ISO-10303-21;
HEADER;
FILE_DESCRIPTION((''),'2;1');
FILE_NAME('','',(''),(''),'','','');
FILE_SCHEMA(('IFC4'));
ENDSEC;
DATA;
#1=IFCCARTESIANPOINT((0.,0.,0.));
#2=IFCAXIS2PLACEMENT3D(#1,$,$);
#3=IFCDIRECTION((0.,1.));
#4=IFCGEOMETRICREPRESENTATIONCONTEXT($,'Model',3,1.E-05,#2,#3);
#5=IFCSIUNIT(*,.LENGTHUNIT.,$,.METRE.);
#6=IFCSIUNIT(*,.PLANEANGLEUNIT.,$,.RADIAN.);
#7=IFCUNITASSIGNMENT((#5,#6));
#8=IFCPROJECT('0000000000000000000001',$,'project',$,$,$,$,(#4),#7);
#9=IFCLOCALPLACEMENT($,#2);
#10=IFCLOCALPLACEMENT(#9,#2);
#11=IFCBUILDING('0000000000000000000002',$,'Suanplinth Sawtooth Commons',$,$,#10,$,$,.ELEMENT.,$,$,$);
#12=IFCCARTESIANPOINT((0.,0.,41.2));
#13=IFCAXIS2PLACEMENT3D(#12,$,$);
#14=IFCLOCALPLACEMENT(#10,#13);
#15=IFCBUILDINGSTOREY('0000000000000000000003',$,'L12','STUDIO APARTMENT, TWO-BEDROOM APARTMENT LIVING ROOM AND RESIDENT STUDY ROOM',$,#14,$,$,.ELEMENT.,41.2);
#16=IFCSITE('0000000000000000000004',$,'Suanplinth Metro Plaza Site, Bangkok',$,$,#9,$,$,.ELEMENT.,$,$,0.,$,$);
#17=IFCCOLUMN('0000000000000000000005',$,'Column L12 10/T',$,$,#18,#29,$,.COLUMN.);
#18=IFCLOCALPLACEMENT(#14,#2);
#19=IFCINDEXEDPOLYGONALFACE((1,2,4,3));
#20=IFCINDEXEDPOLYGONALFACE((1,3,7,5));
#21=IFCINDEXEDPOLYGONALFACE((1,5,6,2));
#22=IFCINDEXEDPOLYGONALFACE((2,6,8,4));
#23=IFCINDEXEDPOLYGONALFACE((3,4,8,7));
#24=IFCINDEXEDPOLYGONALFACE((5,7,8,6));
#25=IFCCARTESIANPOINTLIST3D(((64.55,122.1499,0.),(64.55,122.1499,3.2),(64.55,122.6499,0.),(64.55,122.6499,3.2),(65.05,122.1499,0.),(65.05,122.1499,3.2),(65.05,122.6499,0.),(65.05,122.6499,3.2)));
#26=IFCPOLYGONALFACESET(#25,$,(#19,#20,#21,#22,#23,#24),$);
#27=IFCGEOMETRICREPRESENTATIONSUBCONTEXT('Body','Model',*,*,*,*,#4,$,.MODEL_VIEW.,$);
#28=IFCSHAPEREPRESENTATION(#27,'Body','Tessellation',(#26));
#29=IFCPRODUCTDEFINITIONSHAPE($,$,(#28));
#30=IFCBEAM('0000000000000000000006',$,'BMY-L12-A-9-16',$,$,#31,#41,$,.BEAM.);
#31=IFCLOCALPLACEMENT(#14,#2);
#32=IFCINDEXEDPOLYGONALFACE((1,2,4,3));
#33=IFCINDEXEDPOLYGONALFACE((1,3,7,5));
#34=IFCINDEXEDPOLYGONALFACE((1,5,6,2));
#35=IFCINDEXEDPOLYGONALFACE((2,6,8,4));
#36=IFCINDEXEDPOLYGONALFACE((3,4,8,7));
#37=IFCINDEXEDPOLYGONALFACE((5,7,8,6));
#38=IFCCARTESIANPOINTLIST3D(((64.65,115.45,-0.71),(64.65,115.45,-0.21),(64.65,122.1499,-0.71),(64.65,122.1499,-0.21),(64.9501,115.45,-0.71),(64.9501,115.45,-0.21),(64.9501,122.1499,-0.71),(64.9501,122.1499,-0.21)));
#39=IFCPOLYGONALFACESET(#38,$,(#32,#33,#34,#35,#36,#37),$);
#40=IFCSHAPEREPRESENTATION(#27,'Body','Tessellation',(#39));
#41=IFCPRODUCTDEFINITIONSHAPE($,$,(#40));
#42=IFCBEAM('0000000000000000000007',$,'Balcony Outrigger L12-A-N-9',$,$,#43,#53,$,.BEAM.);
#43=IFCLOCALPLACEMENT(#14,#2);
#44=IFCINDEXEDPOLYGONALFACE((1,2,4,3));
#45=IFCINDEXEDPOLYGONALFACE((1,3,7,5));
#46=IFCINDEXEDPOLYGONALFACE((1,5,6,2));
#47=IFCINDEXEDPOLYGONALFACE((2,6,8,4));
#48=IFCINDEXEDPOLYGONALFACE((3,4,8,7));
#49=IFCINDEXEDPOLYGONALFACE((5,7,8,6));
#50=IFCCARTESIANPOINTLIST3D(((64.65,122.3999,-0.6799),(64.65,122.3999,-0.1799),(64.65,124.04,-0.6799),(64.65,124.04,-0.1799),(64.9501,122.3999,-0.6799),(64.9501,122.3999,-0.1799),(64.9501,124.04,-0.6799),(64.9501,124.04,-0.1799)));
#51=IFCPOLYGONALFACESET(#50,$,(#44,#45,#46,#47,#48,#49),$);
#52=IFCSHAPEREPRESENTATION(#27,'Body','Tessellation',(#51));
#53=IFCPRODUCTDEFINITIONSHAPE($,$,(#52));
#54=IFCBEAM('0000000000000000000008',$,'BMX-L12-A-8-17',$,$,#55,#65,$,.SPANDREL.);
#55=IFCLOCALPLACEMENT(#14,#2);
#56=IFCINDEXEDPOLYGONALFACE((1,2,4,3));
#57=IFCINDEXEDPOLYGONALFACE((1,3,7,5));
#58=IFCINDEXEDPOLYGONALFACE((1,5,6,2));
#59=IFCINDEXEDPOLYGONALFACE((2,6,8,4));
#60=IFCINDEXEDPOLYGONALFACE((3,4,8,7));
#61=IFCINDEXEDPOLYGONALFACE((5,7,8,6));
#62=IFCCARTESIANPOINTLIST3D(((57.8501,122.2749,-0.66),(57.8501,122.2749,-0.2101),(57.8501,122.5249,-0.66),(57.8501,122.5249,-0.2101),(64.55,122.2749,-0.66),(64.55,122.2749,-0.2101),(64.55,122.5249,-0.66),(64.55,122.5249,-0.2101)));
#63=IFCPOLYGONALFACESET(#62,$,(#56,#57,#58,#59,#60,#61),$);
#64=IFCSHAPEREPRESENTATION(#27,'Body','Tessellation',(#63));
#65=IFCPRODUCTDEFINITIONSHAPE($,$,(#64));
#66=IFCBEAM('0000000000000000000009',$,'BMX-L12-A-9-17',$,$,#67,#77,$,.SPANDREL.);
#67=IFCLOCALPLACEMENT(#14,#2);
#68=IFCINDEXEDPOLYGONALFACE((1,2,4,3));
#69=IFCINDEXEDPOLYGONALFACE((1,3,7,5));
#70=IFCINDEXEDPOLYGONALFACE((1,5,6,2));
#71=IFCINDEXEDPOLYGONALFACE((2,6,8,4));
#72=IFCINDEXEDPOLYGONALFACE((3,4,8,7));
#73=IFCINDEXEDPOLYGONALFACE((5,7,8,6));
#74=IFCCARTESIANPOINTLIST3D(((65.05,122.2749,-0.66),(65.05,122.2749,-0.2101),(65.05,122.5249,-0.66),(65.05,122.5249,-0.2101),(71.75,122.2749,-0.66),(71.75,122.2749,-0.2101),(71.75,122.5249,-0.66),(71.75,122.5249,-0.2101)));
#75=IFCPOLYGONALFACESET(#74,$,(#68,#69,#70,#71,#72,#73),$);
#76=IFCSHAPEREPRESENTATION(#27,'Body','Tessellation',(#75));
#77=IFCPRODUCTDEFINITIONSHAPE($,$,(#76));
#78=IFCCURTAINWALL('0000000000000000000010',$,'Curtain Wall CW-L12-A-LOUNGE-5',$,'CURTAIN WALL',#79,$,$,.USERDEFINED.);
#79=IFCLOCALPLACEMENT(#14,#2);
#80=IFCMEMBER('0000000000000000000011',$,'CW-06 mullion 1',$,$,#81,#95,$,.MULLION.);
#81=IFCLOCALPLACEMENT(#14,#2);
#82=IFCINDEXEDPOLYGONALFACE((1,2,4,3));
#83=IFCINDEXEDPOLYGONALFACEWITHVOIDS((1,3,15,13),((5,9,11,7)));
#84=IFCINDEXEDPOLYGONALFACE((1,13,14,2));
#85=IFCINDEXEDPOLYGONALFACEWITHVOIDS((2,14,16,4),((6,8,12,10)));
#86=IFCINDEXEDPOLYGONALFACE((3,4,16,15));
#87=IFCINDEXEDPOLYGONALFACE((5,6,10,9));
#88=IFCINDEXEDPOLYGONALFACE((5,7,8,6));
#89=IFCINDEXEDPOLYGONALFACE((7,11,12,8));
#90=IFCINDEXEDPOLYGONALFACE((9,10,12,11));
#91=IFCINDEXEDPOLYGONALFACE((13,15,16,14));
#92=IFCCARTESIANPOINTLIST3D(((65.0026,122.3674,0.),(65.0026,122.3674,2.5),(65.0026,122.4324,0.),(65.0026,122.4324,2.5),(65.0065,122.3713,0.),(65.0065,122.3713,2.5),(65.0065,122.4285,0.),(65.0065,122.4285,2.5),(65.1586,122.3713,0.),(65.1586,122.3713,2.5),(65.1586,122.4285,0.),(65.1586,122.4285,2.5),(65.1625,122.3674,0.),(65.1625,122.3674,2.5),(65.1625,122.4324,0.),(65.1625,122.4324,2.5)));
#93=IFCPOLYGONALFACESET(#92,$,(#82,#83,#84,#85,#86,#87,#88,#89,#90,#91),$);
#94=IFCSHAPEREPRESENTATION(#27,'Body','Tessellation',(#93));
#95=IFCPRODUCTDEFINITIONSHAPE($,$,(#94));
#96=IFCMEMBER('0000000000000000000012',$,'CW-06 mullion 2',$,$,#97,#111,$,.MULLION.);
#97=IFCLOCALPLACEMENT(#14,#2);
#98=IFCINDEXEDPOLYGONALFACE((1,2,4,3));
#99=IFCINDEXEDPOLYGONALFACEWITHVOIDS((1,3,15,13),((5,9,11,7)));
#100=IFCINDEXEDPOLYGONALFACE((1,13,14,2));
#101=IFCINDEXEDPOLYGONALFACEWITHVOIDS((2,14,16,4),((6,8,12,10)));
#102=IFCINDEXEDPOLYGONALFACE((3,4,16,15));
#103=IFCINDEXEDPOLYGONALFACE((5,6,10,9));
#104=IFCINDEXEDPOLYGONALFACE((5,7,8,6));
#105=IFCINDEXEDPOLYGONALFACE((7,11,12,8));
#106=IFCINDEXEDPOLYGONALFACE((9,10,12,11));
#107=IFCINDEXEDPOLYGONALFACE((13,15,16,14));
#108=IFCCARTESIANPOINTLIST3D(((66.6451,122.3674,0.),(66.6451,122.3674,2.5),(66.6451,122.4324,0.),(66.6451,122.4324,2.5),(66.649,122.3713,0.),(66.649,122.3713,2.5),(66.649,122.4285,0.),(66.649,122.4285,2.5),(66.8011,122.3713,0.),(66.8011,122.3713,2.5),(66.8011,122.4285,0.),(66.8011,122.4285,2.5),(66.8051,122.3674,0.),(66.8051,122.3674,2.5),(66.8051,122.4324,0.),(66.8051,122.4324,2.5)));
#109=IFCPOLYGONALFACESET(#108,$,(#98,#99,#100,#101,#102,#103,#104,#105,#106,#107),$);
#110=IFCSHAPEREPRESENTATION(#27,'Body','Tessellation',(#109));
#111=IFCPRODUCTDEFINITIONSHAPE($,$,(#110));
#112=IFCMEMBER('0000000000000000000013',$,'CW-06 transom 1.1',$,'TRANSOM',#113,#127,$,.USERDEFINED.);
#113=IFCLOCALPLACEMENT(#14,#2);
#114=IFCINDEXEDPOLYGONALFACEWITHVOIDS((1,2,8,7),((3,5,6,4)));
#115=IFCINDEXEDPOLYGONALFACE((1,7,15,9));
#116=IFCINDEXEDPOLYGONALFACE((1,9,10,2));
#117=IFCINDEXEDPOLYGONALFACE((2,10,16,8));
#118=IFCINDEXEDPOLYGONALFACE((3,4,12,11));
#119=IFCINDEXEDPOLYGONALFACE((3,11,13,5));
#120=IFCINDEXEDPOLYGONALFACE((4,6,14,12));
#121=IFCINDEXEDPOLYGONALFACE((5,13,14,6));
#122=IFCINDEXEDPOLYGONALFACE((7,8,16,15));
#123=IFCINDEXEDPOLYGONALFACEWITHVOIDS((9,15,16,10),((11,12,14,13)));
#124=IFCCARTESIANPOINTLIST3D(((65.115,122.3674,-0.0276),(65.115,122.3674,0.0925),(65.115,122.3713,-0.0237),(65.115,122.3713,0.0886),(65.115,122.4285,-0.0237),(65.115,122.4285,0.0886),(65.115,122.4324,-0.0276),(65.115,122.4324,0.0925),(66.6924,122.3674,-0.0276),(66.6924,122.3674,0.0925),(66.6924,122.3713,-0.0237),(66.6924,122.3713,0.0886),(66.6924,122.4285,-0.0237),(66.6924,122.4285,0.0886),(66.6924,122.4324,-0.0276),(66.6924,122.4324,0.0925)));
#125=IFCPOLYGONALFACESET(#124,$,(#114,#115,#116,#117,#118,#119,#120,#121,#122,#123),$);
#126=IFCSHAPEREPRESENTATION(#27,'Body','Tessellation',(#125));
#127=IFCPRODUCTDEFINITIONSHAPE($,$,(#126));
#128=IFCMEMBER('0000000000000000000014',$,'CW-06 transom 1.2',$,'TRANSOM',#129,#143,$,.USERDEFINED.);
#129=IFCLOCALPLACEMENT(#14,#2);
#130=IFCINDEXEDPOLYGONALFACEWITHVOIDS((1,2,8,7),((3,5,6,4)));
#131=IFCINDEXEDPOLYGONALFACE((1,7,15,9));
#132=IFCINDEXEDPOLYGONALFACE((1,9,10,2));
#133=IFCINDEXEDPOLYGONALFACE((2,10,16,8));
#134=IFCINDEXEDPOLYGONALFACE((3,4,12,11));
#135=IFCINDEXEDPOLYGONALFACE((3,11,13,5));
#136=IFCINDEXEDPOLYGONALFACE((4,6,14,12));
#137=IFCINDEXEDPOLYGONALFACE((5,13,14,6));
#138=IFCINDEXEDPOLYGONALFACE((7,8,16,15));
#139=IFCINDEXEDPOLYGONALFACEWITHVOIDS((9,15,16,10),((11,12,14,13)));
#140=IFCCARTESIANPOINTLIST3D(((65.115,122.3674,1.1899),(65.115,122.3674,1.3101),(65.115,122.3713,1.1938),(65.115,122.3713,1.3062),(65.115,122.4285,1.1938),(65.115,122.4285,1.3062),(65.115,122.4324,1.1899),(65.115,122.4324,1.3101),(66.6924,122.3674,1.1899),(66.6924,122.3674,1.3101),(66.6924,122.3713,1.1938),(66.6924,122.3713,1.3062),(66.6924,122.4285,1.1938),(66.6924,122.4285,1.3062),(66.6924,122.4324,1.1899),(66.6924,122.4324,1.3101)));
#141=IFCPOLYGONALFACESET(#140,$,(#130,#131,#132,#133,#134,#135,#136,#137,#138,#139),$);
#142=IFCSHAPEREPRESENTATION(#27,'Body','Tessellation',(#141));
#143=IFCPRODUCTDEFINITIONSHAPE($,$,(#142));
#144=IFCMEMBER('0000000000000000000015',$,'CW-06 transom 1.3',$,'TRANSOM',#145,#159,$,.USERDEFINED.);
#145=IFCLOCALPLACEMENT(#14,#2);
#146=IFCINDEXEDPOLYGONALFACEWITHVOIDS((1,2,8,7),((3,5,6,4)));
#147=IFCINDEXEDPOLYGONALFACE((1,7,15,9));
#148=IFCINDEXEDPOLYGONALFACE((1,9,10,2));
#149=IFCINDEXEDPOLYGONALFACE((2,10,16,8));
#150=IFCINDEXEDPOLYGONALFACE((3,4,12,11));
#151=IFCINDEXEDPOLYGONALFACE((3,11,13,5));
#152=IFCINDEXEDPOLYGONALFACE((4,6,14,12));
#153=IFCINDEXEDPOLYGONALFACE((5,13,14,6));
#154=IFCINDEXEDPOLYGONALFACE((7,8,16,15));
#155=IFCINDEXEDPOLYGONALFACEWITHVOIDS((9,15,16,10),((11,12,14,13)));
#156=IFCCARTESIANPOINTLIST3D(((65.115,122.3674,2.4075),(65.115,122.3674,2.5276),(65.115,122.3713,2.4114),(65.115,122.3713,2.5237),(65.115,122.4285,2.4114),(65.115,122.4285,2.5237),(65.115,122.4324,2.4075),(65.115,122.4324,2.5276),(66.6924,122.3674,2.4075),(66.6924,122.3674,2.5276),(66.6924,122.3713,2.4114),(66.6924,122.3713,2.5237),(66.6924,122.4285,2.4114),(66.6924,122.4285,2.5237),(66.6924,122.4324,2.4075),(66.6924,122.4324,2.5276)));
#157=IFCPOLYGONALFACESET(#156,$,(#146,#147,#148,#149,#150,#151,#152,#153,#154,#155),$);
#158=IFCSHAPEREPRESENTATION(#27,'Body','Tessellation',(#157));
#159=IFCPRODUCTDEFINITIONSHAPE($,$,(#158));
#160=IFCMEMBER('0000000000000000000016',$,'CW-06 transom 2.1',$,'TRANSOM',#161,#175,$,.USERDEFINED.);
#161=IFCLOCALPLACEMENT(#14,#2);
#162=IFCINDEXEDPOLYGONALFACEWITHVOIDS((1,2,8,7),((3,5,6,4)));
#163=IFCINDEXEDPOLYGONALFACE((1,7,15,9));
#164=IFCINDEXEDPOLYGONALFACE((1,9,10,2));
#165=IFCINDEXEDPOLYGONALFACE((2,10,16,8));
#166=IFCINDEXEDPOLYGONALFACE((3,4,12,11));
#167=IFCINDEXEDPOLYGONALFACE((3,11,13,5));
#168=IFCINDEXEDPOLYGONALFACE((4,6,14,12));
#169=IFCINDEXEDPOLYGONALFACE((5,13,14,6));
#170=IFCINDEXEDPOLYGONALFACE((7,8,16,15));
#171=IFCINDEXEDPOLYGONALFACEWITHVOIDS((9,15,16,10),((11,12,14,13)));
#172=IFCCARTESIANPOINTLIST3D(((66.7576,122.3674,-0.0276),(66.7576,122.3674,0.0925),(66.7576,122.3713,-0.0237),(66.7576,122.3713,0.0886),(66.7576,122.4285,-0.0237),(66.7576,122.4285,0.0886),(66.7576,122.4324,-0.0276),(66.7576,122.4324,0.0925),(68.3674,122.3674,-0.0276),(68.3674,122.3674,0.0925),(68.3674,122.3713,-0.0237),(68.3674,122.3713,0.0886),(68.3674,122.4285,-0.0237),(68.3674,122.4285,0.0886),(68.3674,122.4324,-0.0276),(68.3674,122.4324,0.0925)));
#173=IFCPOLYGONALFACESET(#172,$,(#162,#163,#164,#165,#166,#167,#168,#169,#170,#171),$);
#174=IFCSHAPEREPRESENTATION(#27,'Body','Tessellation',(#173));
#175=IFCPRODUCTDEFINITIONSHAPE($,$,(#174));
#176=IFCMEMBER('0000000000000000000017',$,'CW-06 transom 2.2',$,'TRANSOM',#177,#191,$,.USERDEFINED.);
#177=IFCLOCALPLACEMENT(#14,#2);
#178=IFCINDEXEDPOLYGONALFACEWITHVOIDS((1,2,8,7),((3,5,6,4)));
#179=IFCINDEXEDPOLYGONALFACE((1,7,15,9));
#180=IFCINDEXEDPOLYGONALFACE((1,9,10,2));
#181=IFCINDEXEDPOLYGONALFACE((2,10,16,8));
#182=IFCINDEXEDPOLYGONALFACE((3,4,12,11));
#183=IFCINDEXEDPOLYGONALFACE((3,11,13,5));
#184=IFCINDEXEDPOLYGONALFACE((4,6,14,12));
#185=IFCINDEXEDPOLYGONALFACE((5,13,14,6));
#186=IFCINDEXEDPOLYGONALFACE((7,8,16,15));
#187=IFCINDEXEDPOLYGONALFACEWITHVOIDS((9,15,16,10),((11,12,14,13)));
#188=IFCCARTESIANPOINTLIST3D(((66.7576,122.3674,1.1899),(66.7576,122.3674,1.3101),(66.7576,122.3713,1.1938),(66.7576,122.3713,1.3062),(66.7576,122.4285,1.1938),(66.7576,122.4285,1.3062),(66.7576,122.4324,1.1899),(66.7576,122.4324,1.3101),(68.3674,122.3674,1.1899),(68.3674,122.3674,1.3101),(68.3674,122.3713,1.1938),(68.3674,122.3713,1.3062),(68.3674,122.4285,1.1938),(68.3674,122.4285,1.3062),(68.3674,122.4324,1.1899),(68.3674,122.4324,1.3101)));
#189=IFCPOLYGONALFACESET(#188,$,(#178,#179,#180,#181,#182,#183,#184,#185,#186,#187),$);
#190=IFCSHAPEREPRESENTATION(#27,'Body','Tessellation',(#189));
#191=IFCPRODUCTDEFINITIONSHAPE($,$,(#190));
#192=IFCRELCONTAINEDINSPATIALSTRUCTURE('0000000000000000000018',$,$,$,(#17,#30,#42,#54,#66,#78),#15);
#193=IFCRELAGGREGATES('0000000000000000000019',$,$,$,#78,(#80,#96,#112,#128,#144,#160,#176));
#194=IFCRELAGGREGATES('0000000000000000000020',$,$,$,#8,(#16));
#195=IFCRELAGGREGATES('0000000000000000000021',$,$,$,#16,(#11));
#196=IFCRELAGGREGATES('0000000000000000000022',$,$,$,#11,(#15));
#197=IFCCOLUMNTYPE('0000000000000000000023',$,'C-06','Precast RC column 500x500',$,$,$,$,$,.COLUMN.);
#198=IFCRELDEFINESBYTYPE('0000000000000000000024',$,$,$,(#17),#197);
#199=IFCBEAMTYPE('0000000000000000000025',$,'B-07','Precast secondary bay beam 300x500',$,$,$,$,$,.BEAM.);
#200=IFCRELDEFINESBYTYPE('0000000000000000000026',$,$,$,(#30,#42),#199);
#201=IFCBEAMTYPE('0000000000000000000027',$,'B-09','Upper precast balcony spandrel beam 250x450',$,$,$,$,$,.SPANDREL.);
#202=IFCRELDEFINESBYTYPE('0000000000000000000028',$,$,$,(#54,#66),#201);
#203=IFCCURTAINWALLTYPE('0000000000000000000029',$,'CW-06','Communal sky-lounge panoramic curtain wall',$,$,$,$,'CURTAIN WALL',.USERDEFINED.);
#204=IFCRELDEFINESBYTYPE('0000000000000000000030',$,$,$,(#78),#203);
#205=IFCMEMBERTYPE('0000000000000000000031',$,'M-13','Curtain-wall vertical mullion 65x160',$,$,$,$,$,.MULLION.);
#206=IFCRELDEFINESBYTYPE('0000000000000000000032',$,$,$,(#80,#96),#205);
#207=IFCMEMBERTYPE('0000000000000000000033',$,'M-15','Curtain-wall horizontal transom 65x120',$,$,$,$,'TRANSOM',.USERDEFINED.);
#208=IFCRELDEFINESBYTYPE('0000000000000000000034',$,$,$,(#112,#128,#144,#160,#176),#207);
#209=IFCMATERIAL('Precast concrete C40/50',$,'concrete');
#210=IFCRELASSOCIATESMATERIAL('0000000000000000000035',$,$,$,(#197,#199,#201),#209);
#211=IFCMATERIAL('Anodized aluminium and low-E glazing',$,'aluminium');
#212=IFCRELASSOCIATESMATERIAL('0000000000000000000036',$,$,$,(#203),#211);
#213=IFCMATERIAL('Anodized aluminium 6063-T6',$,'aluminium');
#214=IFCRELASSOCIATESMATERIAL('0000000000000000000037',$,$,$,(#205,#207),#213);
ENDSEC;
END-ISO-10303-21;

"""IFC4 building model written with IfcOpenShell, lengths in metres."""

from ifc_helpers import new_model, si_unit, direction, frame, origin, origin_2d, place, context, subcontext, project, spatial, rectangle, hollow_rectangle, extrude, material, material_profile, profile_set, type_object, element, aggregate, save


model = new_model("IFC4")

# Units and contexts
model_context = context("Model", 3, precision=1e-05, world=origin(), true_north=direction((0.0, 1.0)))
body_context = subcontext(model_context, "Body", "Model", "MODEL_VIEW")
ifc_project = project(units=[si_unit("LENGTHUNIT", "METRE"), si_unit("PLANEANGLEUNIT", "RADIAN")], contexts=[model_context])

# Site, building, storey
site_placement = place(None, origin())
site = spatial("IfcSite", under=ifc_project, at=site_placement, Name="Suanplinth Metro Plaza Site, Bangkok", CompositionType="ELEMENT", RefElevation=0.0)
building_placement = place(site_placement, origin())
building = spatial("IfcBuilding", under=site, at=building_placement, Name="Suanplinth Sawtooth Commons", CompositionType="ELEMENT")
storey_placement = place(building_placement, frame((0.0, 0.0, 41.2)))
storey = spatial("IfcBuildingStorey", under=building, at=storey_placement, Name="L12", Description="STUDIO APARTMENT, TWO-BEDROOM APARTMENT LIVING ROOM AND RESIDENT STUDY ROOM", CompositionType="ELEMENT", Elevation=41.2)

# Column
ifc_material_1 = material(Name="Precast concrete C40/50", Category="concrete")
ifc_material_profile_1 = material_profile(ifc_material_1, rectangle(XDim=0.5, YDim=0.5, at=origin_2d()), Name="PC-COL 500x500")
ifc_profile_set_1 = profile_set([ifc_material_profile_1], Name="Precast concrete C40/50")
column_type = type_object("IfcColumnType", Name="C-06", Description="Precast RC column 500x500", PredefinedType="COLUMN", material=ifc_profile_set_1)
column_placement = place(storey_placement, frame((64.8, 122.3999, 0.0), z_axis=(0.0, 0.0, 1.0), x_axis=(1.0, 0.0, 0.0)))
element("IfcColumn", 1, at=column_placement, inside=storey, type_object=column_type, Name="Column L12 10/T", PredefinedType="COLUMN", context=body_context, shape_type="SweptSolid", body=[
    extrude(rectangle(XDim=0.5, YDim=0.5, at=origin_2d()), origin(), (0.0, 0.0, 1.0), 3.2),
])

# Beams
ifc_material_profile_2 = material_profile(ifc_material_1, rectangle(XDim=0.3, YDim=0.5, at=origin_2d()), Name="PC-BM 300x500")
ifc_profile_set_2 = profile_set([ifc_material_profile_2], Name="Precast concrete C40/50")
beam_type_1 = type_object("IfcBeamType", Name="B-07", Description="Precast secondary bay beam 300x500", PredefinedType="BEAM", material=ifc_profile_set_2)
beam_1_placement = place(storey_placement, frame((64.8, 115.45, -0.46), z_axis=(0.0, 1.0, 0.0), x_axis=(-1.0, 0.0, 0.0)))
element("IfcBeam", 2, at=beam_1_placement, inside=storey, type_object=beam_type_1, Name="BMY-L12-A-9-16", PredefinedType="BEAM", context=body_context, shape_type="SweptSolid", body=[
    extrude(rectangle(XDim=0.3, YDim=0.5, at=origin_2d()), origin(), (0.0, 0.0, 1.0), 6.7),
])
beam_2_placement = place(storey_placement, frame((64.8, 122.3999, -0.4299), z_axis=(0.0, 1.0, 0.0), x_axis=(-1.0, 0.0, 0.0)))
element("IfcBeam", 3, at=beam_2_placement, inside=storey, type_object=beam_type_1, Name="Balcony Outrigger L12-A-N-9", PredefinedType="BEAM", context=body_context, shape_type="SweptSolid", body=[
    extrude(rectangle(XDim=0.3, YDim=0.5, at=origin_2d()), origin(), (0.0, 0.0, 1.0), 1.6401),
])
ifc_material_profile_3 = material_profile(ifc_material_1, rectangle(XDim=0.25, YDim=0.45, at=origin_2d()), Name="PC-SP 250x450")
ifc_profile_set_3 = profile_set([ifc_material_profile_3], Name="Precast concrete C40/50")
beam_type_2 = type_object("IfcBeamType", Name="B-09", Description="Upper precast balcony spandrel beam 250x450", PredefinedType="SPANDREL", material=ifc_profile_set_3)
for number, where, z_axis, x_axis, name in (
    (4, (57.8501, 122.3999, -0.4351), (1.0, 0.0, 0.0), (0.0, 1.0, 0.0), "BMX-L12-A-8-17"),
    (5, (65.05, 122.3999, -0.4351), (1.0, 0.0, 0.0), (0.0, 1.0, 0.0), "BMX-L12-A-9-17"),
):
    element("IfcBeam", number, at=place(storey_placement, frame(where, z_axis=z_axis, x_axis=x_axis)), inside=storey, type_object=beam_type_2, Name=name, PredefinedType="SPANDREL", context=body_context, shape_type="SweptSolid", body=[
        extrude(rectangle(XDim=0.25, YDim=0.45, at=origin_2d()), origin(), (0.0, 0.0, 1.0), 6.7),
    ])

# Curtain wall, members
ifc_material_2 = material(Name="Anodized aluminium and low-E glazing", Category="aluminium")
curtain_wall_type = type_object("IfcCurtainWallType", Name="CW-06", Description="Communal sky-lounge panoramic curtain wall", ElementType="CURTAIN WALL", PredefinedType="USERDEFINED", material=ifc_material_2)
curtain_wall_placement = place(storey_placement, origin())
curtain_wall = element("IfcCurtainWall", 6, at=curtain_wall_placement, inside=storey, type_object=curtain_wall_type, Name="Curtain Wall CW-L12-A-LOUNGE-5", ObjectType="CURTAIN WALL", PredefinedType="USERDEFINED")
ifc_material_3 = material(Name="Anodized aluminium 6063-T6", Category="aluminium")
ifc_material_profile_4 = material_profile(ifc_material_3, hollow_rectangle(XDim=0.0649, YDim=0.1599, WallThickness=0.0039, at=origin_2d()), Name="ALU-MUL 65x160")
ifc_profile_set_4 = profile_set([ifc_material_profile_4], Name="Anodized aluminium 6063-T6")
member_type_1 = type_object("IfcMemberType", Name="M-13", Description="Curtain-wall vertical mullion 65x160", PredefinedType="MULLION", material=ifc_profile_set_4)
member_1_placement = place(storey_placement, frame((65.0825, 122.3999, 0.0), z_axis=(0.0, 0.0, 1.0), x_axis=(0.0, 1.0, 0.0)))
member_1 = element("IfcMember", 7, at=member_1_placement, type_object=member_type_1, Name="CW-06 mullion 1", PredefinedType="MULLION", context=body_context, shape_type="SweptSolid", body=[
    extrude(hollow_rectangle(XDim=0.0649, YDim=0.1599, WallThickness=0.0039, at=origin_2d()), origin(), (0.0, 0.0, 1.0), 2.5),
])
member_2_placement = place(storey_placement, frame((66.7251, 122.3999, 0.0), z_axis=(0.0, 0.0, 1.0), x_axis=(0.0, 1.0, 0.0)))
member_2 = element("IfcMember", 8, at=member_2_placement, type_object=member_type_1, Name="CW-06 mullion 2", PredefinedType="MULLION", context=body_context, shape_type="SweptSolid", body=[
    extrude(hollow_rectangle(XDim=0.0649, YDim=0.1599, WallThickness=0.0039, at=origin_2d()), origin(), (0.0, 0.0, 1.0), 2.5),
])
ifc_material_profile_5 = material_profile(ifc_material_3, hollow_rectangle(XDim=0.0649, YDim=0.1201, WallThickness=0.0039, at=origin_2d()), Name="ALU-TRN 65x120")
ifc_profile_set_5 = profile_set([ifc_material_profile_5], Name="Anodized aluminium 6063-T6")
member_type_2 = type_object("IfcMemberType", Name="M-15", Description="Curtain-wall horizontal transom 65x120", ElementType="TRANSOM", PredefinedType="USERDEFINED", material=ifc_profile_set_5)
member_3_placement = place(storey_placement, frame((65.115, 122.3999, 0.0325), z_axis=(1.0, 0.0, 0.0), x_axis=(0.0, 1.0, 0.0)))
member_3 = element("IfcMember", 9, at=member_3_placement, type_object=member_type_2, Name="CW-06 transom 1.1", ObjectType="TRANSOM", PredefinedType="USERDEFINED", context=body_context, shape_type="SweptSolid", body=[
    extrude(hollow_rectangle(XDim=0.0649, YDim=0.1201, WallThickness=0.0039, at=origin_2d()), origin(), (0.0, 0.0, 1.0), 1.5774),
])
member_4_placement = place(storey_placement, frame((65.115, 122.3999, 1.25), z_axis=(1.0, 0.0, 0.0), x_axis=(0.0, 1.0, 0.0)))
member_4 = element("IfcMember", 10, at=member_4_placement, type_object=member_type_2, Name="CW-06 transom 1.2", ObjectType="TRANSOM", PredefinedType="USERDEFINED", context=body_context, shape_type="SweptSolid", body=[
    extrude(hollow_rectangle(XDim=0.0649, YDim=0.1201, WallThickness=0.0039, at=origin_2d()), origin(), (0.0, 0.0, 1.0), 1.5774),
])
member_5_placement = place(storey_placement, frame((65.115, 122.3999, 2.4675), z_axis=(1.0, 0.0, 0.0), x_axis=(0.0, 1.0, 0.0)))
member_5 = element("IfcMember", 11, at=member_5_placement, type_object=member_type_2, Name="CW-06 transom 1.3", ObjectType="TRANSOM", PredefinedType="USERDEFINED", context=body_context, shape_type="SweptSolid", body=[
    extrude(hollow_rectangle(XDim=0.0649, YDim=0.1201, WallThickness=0.0039, at=origin_2d()), origin(), (0.0, 0.0, 1.0), 1.5774),
])
member_6_placement = place(storey_placement, frame((66.7576, 122.3999, 0.0325), z_axis=(1.0, 0.0, 0.0), x_axis=(0.0, 1.0, 0.0)))
member_6 = element("IfcMember", 12, at=member_6_placement, type_object=member_type_2, Name="CW-06 transom 2.1", ObjectType="TRANSOM", PredefinedType="USERDEFINED", context=body_context, shape_type="SweptSolid", body=[
    extrude(hollow_rectangle(XDim=0.0649, YDim=0.1201, WallThickness=0.0039, at=origin_2d()), origin(), (0.0, 0.0, 1.0), 1.6099),
])
member_7_placement = place(storey_placement, frame((66.7576, 122.3999, 1.25), z_axis=(1.0, 0.0, 0.0), x_axis=(0.0, 1.0, 0.0)))
member_7 = element("IfcMember", 13, at=member_7_placement, type_object=member_type_2, Name="CW-06 transom 2.2", ObjectType="TRANSOM", PredefinedType="USERDEFINED", context=body_context, shape_type="SweptSolid", body=[
    extrude(hollow_rectangle(XDim=0.0649, YDim=0.1201, WallThickness=0.0039, at=origin_2d()), origin(), (0.0, 0.0, 1.0), 1.6099),
])
aggregate(curtain_wall, [member_1, member_2, member_3, member_4, member_5, member_6, member_7])

save(model, "model.ifc")
